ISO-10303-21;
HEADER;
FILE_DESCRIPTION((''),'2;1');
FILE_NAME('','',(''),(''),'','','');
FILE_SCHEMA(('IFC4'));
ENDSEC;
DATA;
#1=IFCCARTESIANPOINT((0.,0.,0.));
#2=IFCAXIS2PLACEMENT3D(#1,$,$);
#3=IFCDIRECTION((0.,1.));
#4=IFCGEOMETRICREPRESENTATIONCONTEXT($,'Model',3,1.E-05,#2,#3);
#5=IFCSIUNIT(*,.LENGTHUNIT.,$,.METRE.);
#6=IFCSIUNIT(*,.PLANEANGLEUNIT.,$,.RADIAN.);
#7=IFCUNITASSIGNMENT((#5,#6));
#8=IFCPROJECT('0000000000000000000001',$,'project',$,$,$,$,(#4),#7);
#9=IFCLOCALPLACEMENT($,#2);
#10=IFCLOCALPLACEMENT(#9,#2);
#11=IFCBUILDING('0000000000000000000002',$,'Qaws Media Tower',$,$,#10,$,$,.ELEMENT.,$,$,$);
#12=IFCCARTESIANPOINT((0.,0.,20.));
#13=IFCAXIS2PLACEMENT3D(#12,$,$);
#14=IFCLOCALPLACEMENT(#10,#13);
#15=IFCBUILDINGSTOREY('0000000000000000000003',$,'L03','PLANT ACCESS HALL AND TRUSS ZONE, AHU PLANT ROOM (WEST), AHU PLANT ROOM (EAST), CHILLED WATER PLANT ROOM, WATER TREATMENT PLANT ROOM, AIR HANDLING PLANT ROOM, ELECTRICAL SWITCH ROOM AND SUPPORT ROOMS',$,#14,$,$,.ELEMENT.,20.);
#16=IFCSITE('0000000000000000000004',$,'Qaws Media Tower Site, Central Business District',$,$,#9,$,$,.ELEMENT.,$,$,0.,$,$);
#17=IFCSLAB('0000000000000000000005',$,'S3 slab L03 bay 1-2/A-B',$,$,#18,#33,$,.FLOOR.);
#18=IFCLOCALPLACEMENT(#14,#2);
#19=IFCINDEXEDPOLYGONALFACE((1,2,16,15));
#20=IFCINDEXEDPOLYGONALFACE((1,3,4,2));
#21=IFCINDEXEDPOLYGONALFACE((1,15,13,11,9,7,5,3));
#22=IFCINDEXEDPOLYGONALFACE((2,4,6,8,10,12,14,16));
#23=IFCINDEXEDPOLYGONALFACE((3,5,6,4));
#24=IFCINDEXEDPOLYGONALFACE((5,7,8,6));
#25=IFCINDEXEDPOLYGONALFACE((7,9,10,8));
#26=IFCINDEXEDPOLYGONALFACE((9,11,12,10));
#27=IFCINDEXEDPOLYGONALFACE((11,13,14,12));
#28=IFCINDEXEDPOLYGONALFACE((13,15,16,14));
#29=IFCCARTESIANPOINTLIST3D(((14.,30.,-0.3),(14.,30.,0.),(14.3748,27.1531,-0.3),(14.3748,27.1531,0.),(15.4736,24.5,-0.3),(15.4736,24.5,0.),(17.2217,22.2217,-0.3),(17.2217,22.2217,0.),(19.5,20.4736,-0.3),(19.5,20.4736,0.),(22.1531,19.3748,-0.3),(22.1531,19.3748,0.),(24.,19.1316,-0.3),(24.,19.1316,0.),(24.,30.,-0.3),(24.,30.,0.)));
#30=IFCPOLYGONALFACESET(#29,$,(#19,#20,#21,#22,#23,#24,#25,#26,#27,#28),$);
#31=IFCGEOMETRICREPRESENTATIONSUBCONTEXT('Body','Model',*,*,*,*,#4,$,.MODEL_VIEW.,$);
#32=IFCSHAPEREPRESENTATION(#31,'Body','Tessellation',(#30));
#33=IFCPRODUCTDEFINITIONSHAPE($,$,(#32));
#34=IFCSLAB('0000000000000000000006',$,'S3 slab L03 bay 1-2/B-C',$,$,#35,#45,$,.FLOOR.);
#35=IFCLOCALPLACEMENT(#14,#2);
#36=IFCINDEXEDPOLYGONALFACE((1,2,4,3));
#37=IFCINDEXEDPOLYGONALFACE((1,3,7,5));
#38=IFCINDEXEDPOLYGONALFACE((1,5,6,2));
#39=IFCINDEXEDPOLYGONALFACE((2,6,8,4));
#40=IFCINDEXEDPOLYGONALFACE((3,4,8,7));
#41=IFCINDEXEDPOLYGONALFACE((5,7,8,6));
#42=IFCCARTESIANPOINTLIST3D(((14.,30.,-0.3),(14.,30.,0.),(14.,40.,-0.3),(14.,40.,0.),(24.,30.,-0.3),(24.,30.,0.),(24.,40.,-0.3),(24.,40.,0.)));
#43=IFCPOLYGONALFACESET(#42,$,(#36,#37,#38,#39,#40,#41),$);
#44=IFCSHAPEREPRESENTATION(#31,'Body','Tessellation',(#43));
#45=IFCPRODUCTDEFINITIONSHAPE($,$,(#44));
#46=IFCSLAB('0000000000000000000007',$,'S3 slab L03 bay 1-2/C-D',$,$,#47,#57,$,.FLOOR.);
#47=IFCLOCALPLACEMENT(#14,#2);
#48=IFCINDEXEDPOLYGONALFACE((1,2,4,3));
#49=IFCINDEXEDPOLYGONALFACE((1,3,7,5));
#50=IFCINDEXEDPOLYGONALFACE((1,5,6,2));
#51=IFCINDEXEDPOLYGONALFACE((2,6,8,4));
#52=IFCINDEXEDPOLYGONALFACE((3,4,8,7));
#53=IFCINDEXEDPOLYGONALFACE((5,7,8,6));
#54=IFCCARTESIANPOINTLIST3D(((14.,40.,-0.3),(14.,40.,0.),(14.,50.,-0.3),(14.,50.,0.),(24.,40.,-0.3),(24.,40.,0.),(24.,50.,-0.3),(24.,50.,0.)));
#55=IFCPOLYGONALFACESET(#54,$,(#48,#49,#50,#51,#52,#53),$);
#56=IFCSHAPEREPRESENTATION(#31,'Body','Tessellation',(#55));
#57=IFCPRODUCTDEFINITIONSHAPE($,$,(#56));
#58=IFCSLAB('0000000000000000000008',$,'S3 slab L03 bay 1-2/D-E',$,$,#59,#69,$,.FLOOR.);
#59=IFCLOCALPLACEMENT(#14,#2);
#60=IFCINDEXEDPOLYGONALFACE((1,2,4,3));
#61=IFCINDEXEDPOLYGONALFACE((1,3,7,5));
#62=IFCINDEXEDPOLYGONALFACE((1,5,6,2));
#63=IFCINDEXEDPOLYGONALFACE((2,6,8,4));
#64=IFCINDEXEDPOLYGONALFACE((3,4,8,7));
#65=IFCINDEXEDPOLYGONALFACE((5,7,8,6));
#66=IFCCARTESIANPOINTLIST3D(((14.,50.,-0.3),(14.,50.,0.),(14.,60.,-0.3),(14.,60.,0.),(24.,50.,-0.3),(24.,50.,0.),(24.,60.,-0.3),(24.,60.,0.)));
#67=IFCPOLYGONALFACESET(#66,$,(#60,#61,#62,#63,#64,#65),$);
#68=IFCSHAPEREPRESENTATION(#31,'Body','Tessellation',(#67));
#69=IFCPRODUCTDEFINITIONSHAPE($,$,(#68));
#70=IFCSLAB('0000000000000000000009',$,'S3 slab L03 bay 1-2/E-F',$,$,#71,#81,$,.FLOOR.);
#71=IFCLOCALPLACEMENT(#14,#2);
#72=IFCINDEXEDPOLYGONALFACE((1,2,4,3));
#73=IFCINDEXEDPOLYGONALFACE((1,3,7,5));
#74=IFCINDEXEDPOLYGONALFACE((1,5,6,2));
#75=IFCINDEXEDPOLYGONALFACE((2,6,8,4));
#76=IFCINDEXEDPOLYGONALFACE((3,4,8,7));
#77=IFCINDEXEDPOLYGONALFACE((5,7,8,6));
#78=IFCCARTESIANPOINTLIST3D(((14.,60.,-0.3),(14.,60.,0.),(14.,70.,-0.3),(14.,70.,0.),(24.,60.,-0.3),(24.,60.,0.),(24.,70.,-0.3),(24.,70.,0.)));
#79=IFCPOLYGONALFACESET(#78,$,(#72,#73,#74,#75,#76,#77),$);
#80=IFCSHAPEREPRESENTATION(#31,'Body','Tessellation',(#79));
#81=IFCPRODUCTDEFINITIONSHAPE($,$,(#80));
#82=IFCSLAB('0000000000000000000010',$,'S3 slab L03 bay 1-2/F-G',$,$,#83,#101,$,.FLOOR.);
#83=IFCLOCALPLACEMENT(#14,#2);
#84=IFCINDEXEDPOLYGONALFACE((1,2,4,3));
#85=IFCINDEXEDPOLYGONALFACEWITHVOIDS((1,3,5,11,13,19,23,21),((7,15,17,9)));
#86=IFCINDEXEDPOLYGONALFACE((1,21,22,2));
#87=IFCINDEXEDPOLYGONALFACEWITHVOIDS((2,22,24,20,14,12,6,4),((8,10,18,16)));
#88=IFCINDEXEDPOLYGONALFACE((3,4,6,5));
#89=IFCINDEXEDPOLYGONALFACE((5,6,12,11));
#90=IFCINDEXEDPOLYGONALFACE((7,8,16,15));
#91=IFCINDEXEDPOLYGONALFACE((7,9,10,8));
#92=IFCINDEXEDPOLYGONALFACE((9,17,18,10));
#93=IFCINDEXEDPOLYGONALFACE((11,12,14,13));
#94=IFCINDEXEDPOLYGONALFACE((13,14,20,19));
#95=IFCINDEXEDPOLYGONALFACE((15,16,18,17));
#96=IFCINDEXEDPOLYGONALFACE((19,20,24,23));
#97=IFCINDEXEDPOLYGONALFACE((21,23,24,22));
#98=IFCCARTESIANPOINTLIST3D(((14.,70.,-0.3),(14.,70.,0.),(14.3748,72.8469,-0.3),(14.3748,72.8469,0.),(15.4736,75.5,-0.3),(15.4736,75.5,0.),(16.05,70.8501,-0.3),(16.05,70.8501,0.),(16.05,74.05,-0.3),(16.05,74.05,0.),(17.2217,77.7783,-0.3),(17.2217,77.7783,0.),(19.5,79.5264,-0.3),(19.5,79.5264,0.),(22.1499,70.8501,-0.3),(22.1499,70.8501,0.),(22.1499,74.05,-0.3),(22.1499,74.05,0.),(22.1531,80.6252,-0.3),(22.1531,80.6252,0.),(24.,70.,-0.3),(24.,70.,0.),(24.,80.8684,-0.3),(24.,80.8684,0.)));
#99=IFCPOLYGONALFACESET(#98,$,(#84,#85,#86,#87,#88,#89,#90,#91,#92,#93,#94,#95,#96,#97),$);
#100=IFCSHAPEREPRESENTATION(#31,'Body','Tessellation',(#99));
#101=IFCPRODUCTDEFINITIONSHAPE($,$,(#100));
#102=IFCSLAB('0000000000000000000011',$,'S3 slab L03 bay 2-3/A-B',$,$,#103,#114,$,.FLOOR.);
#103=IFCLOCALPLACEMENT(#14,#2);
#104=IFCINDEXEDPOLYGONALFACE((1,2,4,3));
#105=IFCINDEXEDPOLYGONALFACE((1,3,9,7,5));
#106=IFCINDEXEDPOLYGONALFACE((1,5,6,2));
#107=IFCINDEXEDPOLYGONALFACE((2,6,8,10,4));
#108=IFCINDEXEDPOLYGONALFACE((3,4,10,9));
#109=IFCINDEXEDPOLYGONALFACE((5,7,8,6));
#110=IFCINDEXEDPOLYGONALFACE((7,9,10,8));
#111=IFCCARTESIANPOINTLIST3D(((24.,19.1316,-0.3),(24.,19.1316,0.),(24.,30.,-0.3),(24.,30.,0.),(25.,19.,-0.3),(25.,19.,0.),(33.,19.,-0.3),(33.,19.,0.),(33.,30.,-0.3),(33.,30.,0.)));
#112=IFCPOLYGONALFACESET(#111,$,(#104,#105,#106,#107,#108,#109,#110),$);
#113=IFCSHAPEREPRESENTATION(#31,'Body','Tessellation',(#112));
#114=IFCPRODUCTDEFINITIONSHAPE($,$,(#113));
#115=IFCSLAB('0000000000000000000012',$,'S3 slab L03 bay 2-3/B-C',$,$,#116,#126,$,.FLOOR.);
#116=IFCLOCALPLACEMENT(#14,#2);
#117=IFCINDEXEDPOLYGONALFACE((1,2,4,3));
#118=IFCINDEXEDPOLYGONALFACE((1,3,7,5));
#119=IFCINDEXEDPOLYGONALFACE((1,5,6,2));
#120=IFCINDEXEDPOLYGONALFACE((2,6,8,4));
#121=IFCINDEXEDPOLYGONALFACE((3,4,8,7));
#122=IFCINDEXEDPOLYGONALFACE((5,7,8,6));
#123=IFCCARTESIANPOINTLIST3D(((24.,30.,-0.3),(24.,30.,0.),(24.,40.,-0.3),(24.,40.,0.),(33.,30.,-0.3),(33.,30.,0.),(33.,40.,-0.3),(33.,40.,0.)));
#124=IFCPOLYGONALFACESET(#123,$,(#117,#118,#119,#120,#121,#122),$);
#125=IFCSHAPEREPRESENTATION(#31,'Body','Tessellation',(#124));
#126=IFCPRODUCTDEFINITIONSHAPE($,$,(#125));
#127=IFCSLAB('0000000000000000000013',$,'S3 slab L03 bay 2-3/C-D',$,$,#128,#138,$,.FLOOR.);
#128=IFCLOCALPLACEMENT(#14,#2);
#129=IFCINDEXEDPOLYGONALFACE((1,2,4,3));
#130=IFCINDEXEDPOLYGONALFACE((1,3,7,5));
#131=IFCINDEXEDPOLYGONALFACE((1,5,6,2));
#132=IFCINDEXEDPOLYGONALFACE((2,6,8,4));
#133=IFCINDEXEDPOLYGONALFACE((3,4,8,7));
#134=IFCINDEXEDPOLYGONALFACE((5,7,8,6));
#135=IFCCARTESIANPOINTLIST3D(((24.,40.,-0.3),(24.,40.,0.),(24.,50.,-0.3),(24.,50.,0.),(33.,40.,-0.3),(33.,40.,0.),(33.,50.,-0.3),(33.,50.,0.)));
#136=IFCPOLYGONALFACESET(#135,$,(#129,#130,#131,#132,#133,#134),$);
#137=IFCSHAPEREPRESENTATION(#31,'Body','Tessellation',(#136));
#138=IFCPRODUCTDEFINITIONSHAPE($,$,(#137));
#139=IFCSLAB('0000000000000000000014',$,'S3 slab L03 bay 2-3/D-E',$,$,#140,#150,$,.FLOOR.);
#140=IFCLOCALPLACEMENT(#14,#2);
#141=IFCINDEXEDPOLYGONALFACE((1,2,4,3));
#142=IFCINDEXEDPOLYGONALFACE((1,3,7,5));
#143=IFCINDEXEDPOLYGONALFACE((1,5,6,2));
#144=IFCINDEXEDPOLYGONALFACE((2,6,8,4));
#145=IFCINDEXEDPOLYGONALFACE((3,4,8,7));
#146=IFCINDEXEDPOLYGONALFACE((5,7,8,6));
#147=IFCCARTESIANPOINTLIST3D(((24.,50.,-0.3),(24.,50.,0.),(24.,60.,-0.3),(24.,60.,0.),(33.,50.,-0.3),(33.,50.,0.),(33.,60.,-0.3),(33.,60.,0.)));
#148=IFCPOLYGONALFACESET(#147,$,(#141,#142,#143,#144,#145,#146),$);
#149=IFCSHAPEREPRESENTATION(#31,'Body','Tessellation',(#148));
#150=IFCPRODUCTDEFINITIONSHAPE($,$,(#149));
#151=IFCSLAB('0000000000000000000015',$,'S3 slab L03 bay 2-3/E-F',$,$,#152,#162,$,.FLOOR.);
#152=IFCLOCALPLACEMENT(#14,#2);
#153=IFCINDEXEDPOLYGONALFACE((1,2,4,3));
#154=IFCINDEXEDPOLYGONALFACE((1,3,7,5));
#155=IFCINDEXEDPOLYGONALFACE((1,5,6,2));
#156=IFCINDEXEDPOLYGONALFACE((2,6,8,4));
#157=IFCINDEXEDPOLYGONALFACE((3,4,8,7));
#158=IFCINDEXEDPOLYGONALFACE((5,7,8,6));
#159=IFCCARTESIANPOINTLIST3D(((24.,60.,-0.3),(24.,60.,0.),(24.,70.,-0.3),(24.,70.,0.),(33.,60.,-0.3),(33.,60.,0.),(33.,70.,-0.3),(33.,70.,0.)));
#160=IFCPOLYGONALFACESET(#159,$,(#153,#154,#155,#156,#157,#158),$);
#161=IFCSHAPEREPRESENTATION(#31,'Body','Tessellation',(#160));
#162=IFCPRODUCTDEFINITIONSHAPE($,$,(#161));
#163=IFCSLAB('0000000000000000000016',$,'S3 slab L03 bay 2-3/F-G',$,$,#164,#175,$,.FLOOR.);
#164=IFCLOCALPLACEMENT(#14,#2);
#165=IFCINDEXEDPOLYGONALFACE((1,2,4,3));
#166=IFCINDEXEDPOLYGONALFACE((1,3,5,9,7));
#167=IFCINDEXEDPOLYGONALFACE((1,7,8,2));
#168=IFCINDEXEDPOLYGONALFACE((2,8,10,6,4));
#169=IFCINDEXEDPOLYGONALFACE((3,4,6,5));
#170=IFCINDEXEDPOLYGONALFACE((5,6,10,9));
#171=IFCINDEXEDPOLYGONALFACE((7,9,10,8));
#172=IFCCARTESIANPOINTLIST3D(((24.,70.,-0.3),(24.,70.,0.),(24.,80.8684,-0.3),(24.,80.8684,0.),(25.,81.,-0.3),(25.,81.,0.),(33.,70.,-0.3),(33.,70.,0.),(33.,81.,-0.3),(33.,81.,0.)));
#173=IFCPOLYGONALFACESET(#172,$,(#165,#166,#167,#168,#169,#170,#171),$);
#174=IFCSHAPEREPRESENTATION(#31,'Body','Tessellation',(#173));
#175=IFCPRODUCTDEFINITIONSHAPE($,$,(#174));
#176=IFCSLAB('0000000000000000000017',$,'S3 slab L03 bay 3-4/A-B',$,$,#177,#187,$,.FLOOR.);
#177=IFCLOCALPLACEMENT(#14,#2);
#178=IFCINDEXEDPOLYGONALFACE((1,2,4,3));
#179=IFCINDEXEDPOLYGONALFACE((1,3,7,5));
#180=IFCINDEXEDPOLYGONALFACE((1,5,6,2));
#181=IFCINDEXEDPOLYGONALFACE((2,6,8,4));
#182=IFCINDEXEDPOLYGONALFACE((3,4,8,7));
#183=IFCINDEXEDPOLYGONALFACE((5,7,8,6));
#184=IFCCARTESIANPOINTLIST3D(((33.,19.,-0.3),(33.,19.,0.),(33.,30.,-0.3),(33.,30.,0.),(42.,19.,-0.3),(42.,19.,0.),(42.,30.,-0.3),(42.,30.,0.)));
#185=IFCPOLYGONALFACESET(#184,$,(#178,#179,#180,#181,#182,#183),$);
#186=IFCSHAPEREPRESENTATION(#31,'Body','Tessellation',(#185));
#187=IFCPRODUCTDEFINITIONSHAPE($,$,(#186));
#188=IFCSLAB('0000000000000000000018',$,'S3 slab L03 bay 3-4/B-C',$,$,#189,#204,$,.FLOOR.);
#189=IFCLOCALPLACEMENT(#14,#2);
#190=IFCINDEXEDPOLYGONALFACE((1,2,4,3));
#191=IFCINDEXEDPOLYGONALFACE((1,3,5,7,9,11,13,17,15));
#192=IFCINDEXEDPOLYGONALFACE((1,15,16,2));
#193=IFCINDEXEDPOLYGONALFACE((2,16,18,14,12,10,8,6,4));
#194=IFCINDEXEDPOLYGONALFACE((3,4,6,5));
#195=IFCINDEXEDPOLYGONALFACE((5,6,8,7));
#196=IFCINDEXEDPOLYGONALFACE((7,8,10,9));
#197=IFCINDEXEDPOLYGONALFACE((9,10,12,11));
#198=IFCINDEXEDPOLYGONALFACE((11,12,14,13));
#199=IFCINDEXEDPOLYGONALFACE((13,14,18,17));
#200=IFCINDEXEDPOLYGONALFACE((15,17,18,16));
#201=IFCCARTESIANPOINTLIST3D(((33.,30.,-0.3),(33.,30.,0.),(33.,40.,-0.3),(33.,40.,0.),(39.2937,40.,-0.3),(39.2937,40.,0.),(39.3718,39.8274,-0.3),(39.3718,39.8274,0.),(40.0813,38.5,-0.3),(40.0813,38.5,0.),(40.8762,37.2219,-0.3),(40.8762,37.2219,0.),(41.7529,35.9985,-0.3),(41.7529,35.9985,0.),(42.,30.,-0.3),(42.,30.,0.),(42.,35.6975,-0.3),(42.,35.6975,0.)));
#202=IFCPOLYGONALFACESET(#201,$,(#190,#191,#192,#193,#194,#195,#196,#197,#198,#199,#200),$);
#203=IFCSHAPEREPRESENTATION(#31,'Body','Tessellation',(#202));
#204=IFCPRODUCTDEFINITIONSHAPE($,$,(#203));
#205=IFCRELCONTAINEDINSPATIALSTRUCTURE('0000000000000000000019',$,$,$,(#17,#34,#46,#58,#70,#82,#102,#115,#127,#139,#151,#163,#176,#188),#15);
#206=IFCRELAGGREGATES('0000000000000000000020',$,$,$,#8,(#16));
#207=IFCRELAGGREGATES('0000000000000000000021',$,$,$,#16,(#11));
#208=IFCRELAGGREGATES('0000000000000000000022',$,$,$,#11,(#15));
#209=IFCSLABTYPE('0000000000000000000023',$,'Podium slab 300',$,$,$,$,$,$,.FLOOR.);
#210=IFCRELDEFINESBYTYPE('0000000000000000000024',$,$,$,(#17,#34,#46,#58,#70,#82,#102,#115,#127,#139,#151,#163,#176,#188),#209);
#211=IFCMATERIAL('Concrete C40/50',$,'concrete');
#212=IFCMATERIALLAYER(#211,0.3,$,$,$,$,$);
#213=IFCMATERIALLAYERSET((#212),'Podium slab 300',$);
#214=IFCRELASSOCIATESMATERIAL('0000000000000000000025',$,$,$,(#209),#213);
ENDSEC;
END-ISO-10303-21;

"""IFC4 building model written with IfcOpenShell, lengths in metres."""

from ifc_helpers import new_model, si_unit, direction, frame, origin, place, context, subcontext, project, spatial, polyline, outline, extrude, material, layer, layer_set, type_object, element, save


model = new_model("IFC4")

# Units and contexts
model_context = context("Model", 3, precision=1e-05, world=origin(), true_north=direction((0.0, 1.0)))
body_context = subcontext(model_context, "Body", "Model", "MODEL_VIEW")
ifc_project = project(units=[si_unit("LENGTHUNIT", "METRE"), si_unit("PLANEANGLEUNIT", "RADIAN")], contexts=[model_context])

# Site, building, storey
site_placement = place(None, origin())
site = spatial("IfcSite", under=ifc_project, at=site_placement, Name="Qaws Media Tower Site, Central Business District", CompositionType="ELEMENT", RefElevation=0.0)
building_placement = place(site_placement, origin())
building = spatial("IfcBuilding", under=site, at=building_placement, Name="Qaws Media Tower", CompositionType="ELEMENT")
storey_placement = place(building_placement, frame((0.0, 0.0, 20.0)))
storey = spatial("IfcBuildingStorey", under=building, at=storey_placement, Name="L03", Description="PLANT ACCESS HALL AND TRUSS ZONE, AHU PLANT ROOM (WEST), AHU PLANT ROOM (EAST), CHILLED WATER PLANT ROOM, WATER TREATMENT PLANT ROOM, AIR HANDLING PLANT ROOM, ELECTRICAL SWITCH ROOM AND SUPPORT ROOMS", CompositionType="ELEMENT", Elevation=20.0)

# Slabs
ifc_material = material(Name="Concrete C40/50", Category="concrete")
ifc_layer = layer(ifc_material, 0.3)
ifc_layer_set = layer_set([ifc_layer], Name="Podium slab 300")
slab_type = type_object("IfcSlabType", Name="Podium slab 300", PredefinedType="FLOOR", material=ifc_layer_set)
slab_1_placement = place(storey_placement, frame((0.0, 0.0, -0.3)))
element("IfcSlab", 1, at=slab_1_placement, inside=storey, type_object=slab_type, Name="S3 slab L03 bay 1-2/A-B", PredefinedType="FLOOR", context=body_context, shape_type="SweptSolid", body=[
    extrude(outline(polyline([(17.2217, 22.2217), (15.4736, 24.5), (14.3748, 27.1531), (14.0, 30.0), (24.0, 30.0), (24.0, 19.1316), (22.1531, 19.3748), (19.5, 20.4736), (17.2217, 22.2217)])), origin(), (0.0, 0.0, 1.0), 0.3),
])
slab_2_placement = place(storey_placement, frame((0.0, 0.0, -0.3)))
element("IfcSlab", 2, at=slab_2_placement, inside=storey, type_object=slab_type, Name="S3 slab L03 bay 1-2/B-C", PredefinedType="FLOOR", context=body_context, shape_type="SweptSolid", body=[
    extrude(outline(polyline([(14.0, 40.0), (24.0, 40.0), (24.0, 30.0), (14.0, 30.0), (14.0, 40.0)])), origin(), (0.0, 0.0, 1.0), 0.3),
])
slab_3_placement = place(storey_placement, frame((0.0, 0.0, -0.3)))
element("IfcSlab", 3, at=slab_3_placement, inside=storey, type_object=slab_type, Name="S3 slab L03 bay 1-2/C-D", PredefinedType="FLOOR", context=body_context, shape_type="SweptSolid", body=[
    extrude(outline(polyline([(14.0, 50.0), (24.0, 50.0), (24.0, 40.0), (14.0, 40.0), (14.0, 50.0)])), origin(), (0.0, 0.0, 1.0), 0.3),
])
slab_4_placement = place(storey_placement, frame((0.0, 0.0, -0.3)))
element("IfcSlab", 4, at=slab_4_placement, inside=storey, type_object=slab_type, Name="S3 slab L03 bay 1-2/D-E", PredefinedType="FLOOR", context=body_context, shape_type="SweptSolid", body=[
    extrude(outline(polyline([(14.0, 60.0), (24.0, 60.0), (24.0, 50.0), (14.0, 50.0), (14.0, 60.0)])), origin(), (0.0, 0.0, 1.0), 0.3),
])
slab_5_placement = place(storey_placement, frame((0.0, 0.0, -0.3)))
element("IfcSlab", 5, at=slab_5_placement, inside=storey, type_object=slab_type, Name="S3 slab L03 bay 1-2/E-F", PredefinedType="FLOOR", context=body_context, shape_type="SweptSolid", body=[
    extrude(outline(polyline([(14.0, 70.0), (24.0, 70.0), (24.0, 60.0), (14.0, 60.0), (14.0, 70.0)])), origin(), (0.0, 0.0, 1.0), 0.3),
])
slab_6_placement = place(storey_placement, frame((0.0, 0.0, -0.3)))
element("IfcSlab", 6, at=slab_6_placement, inside=storey, type_object=slab_type, Name="S3 slab L03 bay 1-2/F-G", PredefinedType="FLOOR", context=body_context, shape_type="SweptSolid", body=[
    extrude(outline(polyline([(14.3748, 72.8469), (15.4736, 75.5), (17.2217, 77.7783), (19.5, 79.5264), (22.1531, 80.6252), (24.0, 80.8684), (24.0, 70.0), (14.0, 70.0), (14.3748, 72.8469)]), holes=[polyline([(16.05, 70.8501), (22.1499, 70.8501), (22.1499, 74.05), (16.05, 74.05), (16.05, 70.8501)])]), origin(), (0.0, 0.0, 1.0), 0.3),
])
slab_7_placement = place(storey_placement, frame((0.0, 0.0, -0.3)))
element("IfcSlab", 7, at=slab_7_placement, inside=storey, type_object=slab_type, Name="S3 slab L03 bay 2-3/A-B", PredefinedType="FLOOR", context=body_context, shape_type="SweptSolid", body=[
    extrude(outline(polyline([(25.0, 19.0), (24.0, 19.1316), (24.0, 30.0), (33.0, 30.0), (33.0, 19.0), (25.0, 19.0)])), origin(), (0.0, 0.0, 1.0), 0.3),
])
slab_8_placement = place(storey_placement, frame((0.0, 0.0, -0.3)))
element("IfcSlab", 8, at=slab_8_placement, inside=storey, type_object=slab_type, Name="S3 slab L03 bay 2-3/B-C", PredefinedType="FLOOR", context=body_context, shape_type="SweptSolid", body=[
    extrude(outline(polyline([(24.0, 30.0), (24.0, 40.0), (33.0, 40.0), (33.0, 30.0), (24.0, 30.0)])), origin(), (0.0, 0.0, 1.0), 0.3),
])
slab_9_placement = place(storey_placement, frame((0.0, 0.0, -0.3)))
element("IfcSlab", 9, at=slab_9_placement, inside=storey, type_object=slab_type, Name="S3 slab L03 bay 2-3/C-D", PredefinedType="FLOOR", context=body_context, shape_type="SweptSolid", body=[
    extrude(outline(polyline([(24.0, 40.0), (24.0, 50.0), (33.0, 50.0), (33.0, 40.0), (24.0, 40.0)])), origin(), (0.0, 0.0, 1.0), 0.3),
])
slab_10_placement = place(storey_placement, frame((0.0, 0.0, -0.3)))
element("IfcSlab", 10, at=slab_10_placement, inside=storey, type_object=slab_type, Name="S3 slab L03 bay 2-3/D-E", PredefinedType="FLOOR", context=body_context, shape_type="SweptSolid", body=[
    extrude(outline(polyline([(24.0, 50.0), (24.0, 60.0), (33.0, 60.0), (33.0, 50.0), (24.0, 50.0)])), origin(), (0.0, 0.0, 1.0), 0.3),
])
slab_11_placement = place(storey_placement, frame((0.0, 0.0, -0.3)))
element("IfcSlab", 11, at=slab_11_placement, inside=storey, type_object=slab_type, Name="S3 slab L03 bay 2-3/E-F", PredefinedType="FLOOR", context=body_context, shape_type="SweptSolid", body=[
    extrude(outline(polyline([(24.0, 60.0), (24.0, 70.0), (33.0, 70.0), (33.0, 60.0), (24.0, 60.0)])), origin(), (0.0, 0.0, 1.0), 0.3),
])
slab_12_placement = place(storey_placement, frame((0.0, 0.0, -0.3)))
element("IfcSlab", 12, at=slab_12_placement, inside=storey, type_object=slab_type, Name="S3 slab L03 bay 2-3/F-G", PredefinedType="FLOOR", context=body_context, shape_type="SweptSolid", body=[
    extrude(outline(polyline([(25.0, 81.0), (33.0, 81.0), (33.0, 70.0), (24.0, 70.0), (24.0, 80.8684), (25.0, 81.0)])), origin(), (0.0, 0.0, 1.0), 0.3),
])
slab_13_placement = place(storey_placement, frame((0.0, 0.0, -0.3)))
element("IfcSlab", 13, at=slab_13_placement, inside=storey, type_object=slab_type, Name="S3 slab L03 bay 3-4/A-B", PredefinedType="FLOOR", context=body_context, shape_type="SweptSolid", body=[
    extrude(outline(polyline([(33.0, 19.0), (33.0, 30.0), (42.0, 30.0), (42.0, 19.0), (33.0, 19.0)])), origin(), (0.0, 0.0, 1.0), 0.3),
])
slab_14_placement = place(storey_placement, frame((0.0, 0.0, -0.3)))
element("IfcSlab", 14, at=slab_14_placement, inside=storey, type_object=slab_type, Name="S3 slab L03 bay 3-4/B-C", PredefinedType="FLOOR", context=body_context, shape_type="SweptSolid", body=[
    extrude(outline(polyline([(39.3718, 39.8274), (40.0813, 38.5), (40.8762, 37.2219), (41.7529, 35.9985), (42.0, 35.6975), (42.0, 30.0), (33.0, 30.0), (33.0, 40.0), (39.2937, 40.0), (39.3718, 39.8274)])), origin(), (0.0, 0.0, 1.0), 0.3),
])

save(model, "model.ifc")
